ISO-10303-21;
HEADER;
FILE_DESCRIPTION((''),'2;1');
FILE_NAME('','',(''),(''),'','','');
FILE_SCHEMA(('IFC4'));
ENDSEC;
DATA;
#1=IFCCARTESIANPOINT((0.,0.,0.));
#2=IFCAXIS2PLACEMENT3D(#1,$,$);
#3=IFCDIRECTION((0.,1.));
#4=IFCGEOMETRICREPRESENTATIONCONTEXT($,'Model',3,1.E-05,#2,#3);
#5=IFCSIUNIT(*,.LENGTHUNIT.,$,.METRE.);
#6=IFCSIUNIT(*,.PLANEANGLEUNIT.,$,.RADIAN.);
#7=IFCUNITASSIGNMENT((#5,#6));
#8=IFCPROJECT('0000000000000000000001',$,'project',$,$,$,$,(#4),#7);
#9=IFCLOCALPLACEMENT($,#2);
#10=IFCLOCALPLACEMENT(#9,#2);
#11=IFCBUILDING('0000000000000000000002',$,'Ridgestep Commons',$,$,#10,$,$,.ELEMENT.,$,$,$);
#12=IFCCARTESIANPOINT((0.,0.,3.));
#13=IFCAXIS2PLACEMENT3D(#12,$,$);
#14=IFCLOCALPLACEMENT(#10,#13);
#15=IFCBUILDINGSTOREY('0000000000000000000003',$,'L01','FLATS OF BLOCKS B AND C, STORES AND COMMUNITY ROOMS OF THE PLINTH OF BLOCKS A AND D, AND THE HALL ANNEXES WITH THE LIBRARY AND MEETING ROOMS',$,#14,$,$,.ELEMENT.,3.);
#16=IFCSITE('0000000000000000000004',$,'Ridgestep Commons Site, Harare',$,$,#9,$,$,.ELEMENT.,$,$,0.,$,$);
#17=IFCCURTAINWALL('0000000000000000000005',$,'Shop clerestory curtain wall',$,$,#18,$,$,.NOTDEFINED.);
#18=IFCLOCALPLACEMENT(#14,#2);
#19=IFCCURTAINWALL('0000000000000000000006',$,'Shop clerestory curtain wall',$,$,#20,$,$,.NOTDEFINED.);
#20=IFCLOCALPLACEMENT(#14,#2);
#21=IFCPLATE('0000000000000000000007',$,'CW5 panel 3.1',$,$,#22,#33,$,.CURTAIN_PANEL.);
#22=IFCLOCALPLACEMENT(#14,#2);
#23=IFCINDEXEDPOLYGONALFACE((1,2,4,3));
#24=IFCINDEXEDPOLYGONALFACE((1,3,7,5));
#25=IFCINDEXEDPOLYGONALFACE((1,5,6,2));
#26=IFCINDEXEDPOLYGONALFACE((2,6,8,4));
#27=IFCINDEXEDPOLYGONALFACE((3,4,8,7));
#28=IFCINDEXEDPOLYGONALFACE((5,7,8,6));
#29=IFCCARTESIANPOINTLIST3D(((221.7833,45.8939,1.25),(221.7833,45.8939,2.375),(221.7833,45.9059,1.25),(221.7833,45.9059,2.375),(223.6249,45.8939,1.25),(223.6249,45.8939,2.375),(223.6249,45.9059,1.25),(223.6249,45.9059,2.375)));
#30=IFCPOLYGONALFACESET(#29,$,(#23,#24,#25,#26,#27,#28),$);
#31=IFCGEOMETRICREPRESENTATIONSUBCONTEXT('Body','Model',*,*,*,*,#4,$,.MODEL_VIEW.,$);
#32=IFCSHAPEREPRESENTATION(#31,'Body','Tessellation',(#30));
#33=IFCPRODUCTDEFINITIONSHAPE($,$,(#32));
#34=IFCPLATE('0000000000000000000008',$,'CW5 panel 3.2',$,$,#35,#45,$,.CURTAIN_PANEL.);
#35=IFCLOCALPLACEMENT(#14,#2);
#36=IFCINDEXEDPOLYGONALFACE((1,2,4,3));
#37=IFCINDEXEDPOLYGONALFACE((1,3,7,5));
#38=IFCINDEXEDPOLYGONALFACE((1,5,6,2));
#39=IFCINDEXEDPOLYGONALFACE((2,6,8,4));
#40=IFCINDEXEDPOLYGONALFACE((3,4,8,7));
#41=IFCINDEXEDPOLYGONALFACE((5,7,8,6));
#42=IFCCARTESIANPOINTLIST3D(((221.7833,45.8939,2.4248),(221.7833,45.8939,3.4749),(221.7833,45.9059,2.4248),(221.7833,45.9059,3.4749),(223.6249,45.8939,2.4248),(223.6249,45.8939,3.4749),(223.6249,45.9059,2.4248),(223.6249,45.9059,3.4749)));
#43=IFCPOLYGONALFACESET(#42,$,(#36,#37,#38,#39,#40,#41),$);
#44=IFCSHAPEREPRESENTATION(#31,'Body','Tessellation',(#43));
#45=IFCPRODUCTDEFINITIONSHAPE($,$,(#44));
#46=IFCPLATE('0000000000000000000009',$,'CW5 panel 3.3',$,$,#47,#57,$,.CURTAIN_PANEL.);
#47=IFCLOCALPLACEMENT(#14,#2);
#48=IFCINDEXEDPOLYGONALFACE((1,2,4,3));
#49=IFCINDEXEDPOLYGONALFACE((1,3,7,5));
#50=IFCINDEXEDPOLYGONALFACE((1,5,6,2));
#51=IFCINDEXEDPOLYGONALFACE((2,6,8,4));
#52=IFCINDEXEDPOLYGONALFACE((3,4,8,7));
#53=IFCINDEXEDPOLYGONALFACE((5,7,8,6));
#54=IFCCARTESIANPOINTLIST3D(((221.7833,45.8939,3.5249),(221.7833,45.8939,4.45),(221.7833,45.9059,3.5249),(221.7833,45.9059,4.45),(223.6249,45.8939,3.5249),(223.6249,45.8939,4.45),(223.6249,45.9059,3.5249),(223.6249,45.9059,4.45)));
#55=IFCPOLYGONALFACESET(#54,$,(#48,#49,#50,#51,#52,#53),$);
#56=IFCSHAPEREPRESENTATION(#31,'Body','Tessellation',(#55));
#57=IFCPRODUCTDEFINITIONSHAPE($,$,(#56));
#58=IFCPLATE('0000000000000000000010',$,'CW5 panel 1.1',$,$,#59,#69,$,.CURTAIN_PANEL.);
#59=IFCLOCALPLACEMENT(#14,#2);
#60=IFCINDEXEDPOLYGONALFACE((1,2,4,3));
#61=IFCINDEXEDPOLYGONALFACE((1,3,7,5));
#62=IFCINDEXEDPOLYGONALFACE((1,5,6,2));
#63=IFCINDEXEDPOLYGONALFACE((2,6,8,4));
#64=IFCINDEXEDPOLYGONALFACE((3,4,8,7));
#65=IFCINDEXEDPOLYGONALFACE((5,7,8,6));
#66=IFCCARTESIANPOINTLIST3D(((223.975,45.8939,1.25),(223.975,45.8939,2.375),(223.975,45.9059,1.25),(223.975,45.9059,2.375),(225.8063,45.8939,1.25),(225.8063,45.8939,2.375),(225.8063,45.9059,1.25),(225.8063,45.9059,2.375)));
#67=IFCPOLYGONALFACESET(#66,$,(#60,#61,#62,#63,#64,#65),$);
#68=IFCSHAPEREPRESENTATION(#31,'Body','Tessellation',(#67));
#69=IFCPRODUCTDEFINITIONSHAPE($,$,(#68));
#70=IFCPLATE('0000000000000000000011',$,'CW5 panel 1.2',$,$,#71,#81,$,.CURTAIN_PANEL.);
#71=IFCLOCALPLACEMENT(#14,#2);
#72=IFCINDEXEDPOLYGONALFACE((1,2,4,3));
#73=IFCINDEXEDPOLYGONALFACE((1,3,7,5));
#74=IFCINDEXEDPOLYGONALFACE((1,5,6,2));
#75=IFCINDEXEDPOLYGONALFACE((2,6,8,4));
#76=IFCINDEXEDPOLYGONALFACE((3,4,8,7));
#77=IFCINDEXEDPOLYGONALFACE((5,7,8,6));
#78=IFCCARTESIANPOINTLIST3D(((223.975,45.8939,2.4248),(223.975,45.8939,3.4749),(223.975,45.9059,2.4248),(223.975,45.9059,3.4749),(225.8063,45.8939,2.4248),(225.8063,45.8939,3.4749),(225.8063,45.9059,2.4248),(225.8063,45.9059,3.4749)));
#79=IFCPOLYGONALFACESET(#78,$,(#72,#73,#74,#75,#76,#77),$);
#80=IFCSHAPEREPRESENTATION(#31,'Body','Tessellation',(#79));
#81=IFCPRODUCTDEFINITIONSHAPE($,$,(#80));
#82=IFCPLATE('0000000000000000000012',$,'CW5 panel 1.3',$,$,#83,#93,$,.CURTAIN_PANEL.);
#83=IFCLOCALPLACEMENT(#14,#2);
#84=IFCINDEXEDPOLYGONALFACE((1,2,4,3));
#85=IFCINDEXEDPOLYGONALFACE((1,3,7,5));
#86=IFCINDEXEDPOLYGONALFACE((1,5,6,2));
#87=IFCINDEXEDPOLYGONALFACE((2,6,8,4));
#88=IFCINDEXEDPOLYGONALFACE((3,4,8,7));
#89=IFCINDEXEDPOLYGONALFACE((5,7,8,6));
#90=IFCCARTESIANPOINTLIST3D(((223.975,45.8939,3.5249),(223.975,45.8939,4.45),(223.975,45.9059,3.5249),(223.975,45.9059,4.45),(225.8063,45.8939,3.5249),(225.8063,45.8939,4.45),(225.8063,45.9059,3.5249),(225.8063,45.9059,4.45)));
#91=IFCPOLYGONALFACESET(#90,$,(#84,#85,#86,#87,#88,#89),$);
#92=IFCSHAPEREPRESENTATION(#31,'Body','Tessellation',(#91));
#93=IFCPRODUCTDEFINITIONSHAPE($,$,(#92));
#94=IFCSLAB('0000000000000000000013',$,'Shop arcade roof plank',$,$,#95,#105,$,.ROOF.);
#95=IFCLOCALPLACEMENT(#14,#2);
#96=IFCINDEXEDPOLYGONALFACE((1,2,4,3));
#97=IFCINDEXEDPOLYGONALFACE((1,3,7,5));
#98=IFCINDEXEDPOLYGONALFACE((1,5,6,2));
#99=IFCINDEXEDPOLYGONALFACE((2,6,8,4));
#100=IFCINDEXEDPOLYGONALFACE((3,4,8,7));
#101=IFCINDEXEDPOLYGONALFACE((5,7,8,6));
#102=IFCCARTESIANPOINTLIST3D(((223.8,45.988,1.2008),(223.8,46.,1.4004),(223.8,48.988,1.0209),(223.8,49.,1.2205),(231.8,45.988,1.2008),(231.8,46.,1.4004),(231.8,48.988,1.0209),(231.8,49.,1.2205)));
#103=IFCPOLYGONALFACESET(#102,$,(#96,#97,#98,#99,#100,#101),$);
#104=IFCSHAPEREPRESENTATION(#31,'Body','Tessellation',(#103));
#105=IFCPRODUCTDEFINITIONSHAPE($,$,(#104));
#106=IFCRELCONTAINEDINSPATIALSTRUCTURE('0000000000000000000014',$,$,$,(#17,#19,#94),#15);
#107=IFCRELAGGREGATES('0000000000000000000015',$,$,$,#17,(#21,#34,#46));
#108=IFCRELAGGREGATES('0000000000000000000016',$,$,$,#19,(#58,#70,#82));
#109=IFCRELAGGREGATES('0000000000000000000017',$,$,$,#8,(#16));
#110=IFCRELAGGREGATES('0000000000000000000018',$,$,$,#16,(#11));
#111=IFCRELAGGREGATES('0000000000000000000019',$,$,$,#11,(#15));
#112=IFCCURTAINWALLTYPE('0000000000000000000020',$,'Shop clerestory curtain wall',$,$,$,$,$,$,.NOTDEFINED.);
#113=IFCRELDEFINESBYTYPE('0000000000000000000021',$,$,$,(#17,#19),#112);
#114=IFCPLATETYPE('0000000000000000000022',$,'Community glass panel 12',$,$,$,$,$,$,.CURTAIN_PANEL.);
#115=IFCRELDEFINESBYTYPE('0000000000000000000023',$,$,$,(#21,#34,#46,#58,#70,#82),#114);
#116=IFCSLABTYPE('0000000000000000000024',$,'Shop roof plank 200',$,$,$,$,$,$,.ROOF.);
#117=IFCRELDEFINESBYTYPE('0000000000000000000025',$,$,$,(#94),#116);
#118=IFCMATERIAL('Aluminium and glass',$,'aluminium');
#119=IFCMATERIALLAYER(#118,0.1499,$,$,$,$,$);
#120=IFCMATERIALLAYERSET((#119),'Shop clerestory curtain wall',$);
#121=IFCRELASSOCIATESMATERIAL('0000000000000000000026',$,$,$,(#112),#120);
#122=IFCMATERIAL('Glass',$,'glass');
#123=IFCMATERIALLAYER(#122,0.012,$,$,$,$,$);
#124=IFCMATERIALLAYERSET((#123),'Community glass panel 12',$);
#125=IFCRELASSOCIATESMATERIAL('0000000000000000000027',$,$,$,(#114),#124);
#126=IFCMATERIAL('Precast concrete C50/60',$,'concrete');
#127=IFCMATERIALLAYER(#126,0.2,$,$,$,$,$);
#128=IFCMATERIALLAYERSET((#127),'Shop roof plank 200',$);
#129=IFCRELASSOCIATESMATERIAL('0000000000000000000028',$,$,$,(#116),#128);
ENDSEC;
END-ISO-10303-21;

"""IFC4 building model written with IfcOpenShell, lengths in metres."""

from ifc_helpers import new_model, si_unit, direction, frame, origin, origin_2d, place, context, subcontext, project, spatial, polyline, rectangle, outline, extrude, material, layer, layer_set, type_object, element, aggregate, save


model = new_model("IFC4")

# Units and contexts
model_context = context("Model", 3, precision=1e-05, world=origin(), true_north=direction((0.0, 1.0)))
body_context = subcontext(model_context, "Body", "Model", "MODEL_VIEW")
ifc_project = project(units=[si_unit("LENGTHUNIT", "METRE"), si_unit("PLANEANGLEUNIT", "RADIAN")], contexts=[model_context])

# Site, building, storey
site_placement = place(None, origin())
site = spatial("IfcSite", under=ifc_project, at=site_placement, Name="Ridgestep Commons Site, Harare", CompositionType="ELEMENT", RefElevation=0.0)
building_placement = place(site_placement, origin())
building = spatial("IfcBuilding", under=site, at=building_placement, Name="Ridgestep Commons", CompositionType="ELEMENT")
storey_placement = place(building_placement, frame((0.0, 0.0, 3.0)))
storey = spatial("IfcBuildingStorey", under=building, at=storey_placement, Name="L01", Description="FLATS OF BLOCKS B AND C, STORES AND COMMUNITY ROOMS OF THE PLINTH OF BLOCKS A AND D, AND THE HALL ANNEXES WITH THE LIBRARY AND MEETING ROOMS", CompositionType="ELEMENT", Elevation=3.0)

# Curtain wall
ifc_material_1 = material(Name="Aluminium and glass", Category="aluminium")
ifc_layer_1 = layer(ifc_material_1, 0.1499)
ifc_layer_set_1 = layer_set([ifc_layer_1], Name="Shop clerestory curtain wall")
curtain_wall_type = type_object("IfcCurtainWallType", Name="Shop clerestory curtain wall", PredefinedType="NOTDEFINED", material=ifc_layer_set_1)
curtain_wall_1_placement = place(storey_placement, origin())
curtain_wall_1 = element("IfcCurtainWall", 1, at=curtain_wall_1_placement, inside=storey, type_object=curtain_wall_type, Name="Shop clerestory curtain wall", PredefinedType="NOTDEFINED")

# Curtain wall
curtain_wall_2_placement = place(storey_placement, origin())
curtain_wall_2 = element("IfcCurtainWall", 2, at=curtain_wall_2_placement, inside=storey, type_object=curtain_wall_type, Name="Shop clerestory curtain wall", PredefinedType="NOTDEFINED")

# Plates
ifc_material_2 = material(Name="Glass", Category="glass")
ifc_layer_2 = layer(ifc_material_2, 0.012)
ifc_layer_set_2 = layer_set([ifc_layer_2], Name="Community glass panel 12")
plate_type = type_object("IfcPlateType", Name="Community glass panel 12", PredefinedType="CURTAIN_PANEL", material=ifc_layer_set_2)
plate_1_placement = place(storey_placement, frame((222.7041, 45.8999, 1.25), z_axis=(0.0, 0.0, 1.0), x_axis=(1.0, 0.0, 0.0)))
plate_1 = element("IfcPlate", 3, at=plate_1_placement, type_object=plate_type, Name="CW5 panel 3.1", PredefinedType="CURTAIN_PANEL", context=body_context, shape_type="SweptSolid", body=[
    extrude(rectangle(XDim=1.8416, YDim=0.012, at=origin_2d()), origin(), (0.0, 0.0, 1.0), 1.125),
])
plate_2_placement = place(storey_placement, frame((222.7041, 45.8999, 2.4248), z_axis=(0.0, 0.0, 1.0), x_axis=(1.0, 0.0, 0.0)))
plate_2 = element("IfcPlate", 4, at=plate_2_placement, type_object=plate_type, Name="CW5 panel 3.2", PredefinedType="CURTAIN_PANEL", context=body_context, shape_type="SweptSolid", body=[
    extrude(rectangle(XDim=1.8416, YDim=0.012, at=origin_2d()), origin(), (0.0, 0.0, 1.0), 1.05),
])
plate_3_placement = place(storey_placement, frame((222.7041, 45.8999, 3.5249), z_axis=(0.0, 0.0, 1.0), x_axis=(1.0, 0.0, 0.0)))
plate_3 = element("IfcPlate", 5, at=plate_3_placement, type_object=plate_type, Name="CW5 panel 3.3", PredefinedType="CURTAIN_PANEL", context=body_context, shape_type="SweptSolid", body=[
    extrude(rectangle(XDim=1.8416, YDim=0.012, at=origin_2d()), origin(), (0.0, 0.0, 1.0), 0.925),
])
aggregate(curtain_wall_1, [plate_1, plate_2, plate_3])
plate_4_placement = place(storey_placement, frame((224.8906, 45.8999, 1.25), z_axis=(0.0, 0.0, 1.0), x_axis=(1.0, 0.0, 0.0)))
plate_4 = element("IfcPlate", 6, at=plate_4_placement, type_object=plate_type, Name="CW5 panel 1.1", PredefinedType="CURTAIN_PANEL", context=body_context, shape_type="SweptSolid", body=[
    extrude(rectangle(XDim=1.8313, YDim=0.012, at=origin_2d()), origin(), (0.0, 0.0, 1.0), 1.125),
])
plate_5_placement = place(storey_placement, frame((224.8906, 45.8999, 2.4248), z_axis=(0.0, 0.0, 1.0), x_axis=(1.0, 0.0, 0.0)))
plate_5 = element("IfcPlate", 7, at=plate_5_placement, type_object=plate_type, Name="CW5 panel 1.2", PredefinedType="CURTAIN_PANEL", context=body_context, shape_type="SweptSolid", body=[
    extrude(rectangle(XDim=1.8313, YDim=0.012, at=origin_2d()), origin(), (0.0, 0.0, 1.0), 1.05),
])
plate_6_placement = place(storey_placement, frame((224.8906, 45.8999, 3.5249), z_axis=(0.0, 0.0, 1.0), x_axis=(1.0, 0.0, 0.0)))
plate_6 = element("IfcPlate", 8, at=plate_6_placement, type_object=plate_type, Name="CW5 panel 1.3", PredefinedType="CURTAIN_PANEL", context=body_context, shape_type="SweptSolid", body=[
    extrude(rectangle(XDim=1.8313, YDim=0.012, at=origin_2d()), origin(), (0.0, 0.0, 1.0), 0.925),
])
aggregate(curtain_wall_2, [plate_4, plate_5, plate_6])

# Slab
ifc_material_3 = material(Name="Precast concrete C50/60", Category="concrete")
ifc_layer_3 = layer(ifc_material_3, 0.2)
ifc_layer_set_3 = layer_set([ifc_layer_3], Name="Shop roof plank 200")
slab_type = type_object("IfcSlabType", Name="Shop roof plank 200", PredefinedType="ROOF", material=ifc_layer_set_3)
slab_placement = place(storey_placement, frame((223.8, 46.0, 1.4004), z_axis=(0.0, 0.05987, 0.998206), x_axis=(1.0, 0.0, 0.0)))
element("IfcSlab", 9, at=slab_placement, inside=storey, type_object=slab_type, Name="Shop arcade roof plank", PredefinedType="ROOF", context=body_context, shape_type="SweptSolid", body=[
    extrude(outline(polyline([(0.0, 0.0), (8.0, 0.0), (8.0, 3.0054), (0.0, 3.0054), (0.0, 0.0)])), origin(), (0.0, 0.0, -1.0), 0.2),
])

save(model, "model.ifc")
